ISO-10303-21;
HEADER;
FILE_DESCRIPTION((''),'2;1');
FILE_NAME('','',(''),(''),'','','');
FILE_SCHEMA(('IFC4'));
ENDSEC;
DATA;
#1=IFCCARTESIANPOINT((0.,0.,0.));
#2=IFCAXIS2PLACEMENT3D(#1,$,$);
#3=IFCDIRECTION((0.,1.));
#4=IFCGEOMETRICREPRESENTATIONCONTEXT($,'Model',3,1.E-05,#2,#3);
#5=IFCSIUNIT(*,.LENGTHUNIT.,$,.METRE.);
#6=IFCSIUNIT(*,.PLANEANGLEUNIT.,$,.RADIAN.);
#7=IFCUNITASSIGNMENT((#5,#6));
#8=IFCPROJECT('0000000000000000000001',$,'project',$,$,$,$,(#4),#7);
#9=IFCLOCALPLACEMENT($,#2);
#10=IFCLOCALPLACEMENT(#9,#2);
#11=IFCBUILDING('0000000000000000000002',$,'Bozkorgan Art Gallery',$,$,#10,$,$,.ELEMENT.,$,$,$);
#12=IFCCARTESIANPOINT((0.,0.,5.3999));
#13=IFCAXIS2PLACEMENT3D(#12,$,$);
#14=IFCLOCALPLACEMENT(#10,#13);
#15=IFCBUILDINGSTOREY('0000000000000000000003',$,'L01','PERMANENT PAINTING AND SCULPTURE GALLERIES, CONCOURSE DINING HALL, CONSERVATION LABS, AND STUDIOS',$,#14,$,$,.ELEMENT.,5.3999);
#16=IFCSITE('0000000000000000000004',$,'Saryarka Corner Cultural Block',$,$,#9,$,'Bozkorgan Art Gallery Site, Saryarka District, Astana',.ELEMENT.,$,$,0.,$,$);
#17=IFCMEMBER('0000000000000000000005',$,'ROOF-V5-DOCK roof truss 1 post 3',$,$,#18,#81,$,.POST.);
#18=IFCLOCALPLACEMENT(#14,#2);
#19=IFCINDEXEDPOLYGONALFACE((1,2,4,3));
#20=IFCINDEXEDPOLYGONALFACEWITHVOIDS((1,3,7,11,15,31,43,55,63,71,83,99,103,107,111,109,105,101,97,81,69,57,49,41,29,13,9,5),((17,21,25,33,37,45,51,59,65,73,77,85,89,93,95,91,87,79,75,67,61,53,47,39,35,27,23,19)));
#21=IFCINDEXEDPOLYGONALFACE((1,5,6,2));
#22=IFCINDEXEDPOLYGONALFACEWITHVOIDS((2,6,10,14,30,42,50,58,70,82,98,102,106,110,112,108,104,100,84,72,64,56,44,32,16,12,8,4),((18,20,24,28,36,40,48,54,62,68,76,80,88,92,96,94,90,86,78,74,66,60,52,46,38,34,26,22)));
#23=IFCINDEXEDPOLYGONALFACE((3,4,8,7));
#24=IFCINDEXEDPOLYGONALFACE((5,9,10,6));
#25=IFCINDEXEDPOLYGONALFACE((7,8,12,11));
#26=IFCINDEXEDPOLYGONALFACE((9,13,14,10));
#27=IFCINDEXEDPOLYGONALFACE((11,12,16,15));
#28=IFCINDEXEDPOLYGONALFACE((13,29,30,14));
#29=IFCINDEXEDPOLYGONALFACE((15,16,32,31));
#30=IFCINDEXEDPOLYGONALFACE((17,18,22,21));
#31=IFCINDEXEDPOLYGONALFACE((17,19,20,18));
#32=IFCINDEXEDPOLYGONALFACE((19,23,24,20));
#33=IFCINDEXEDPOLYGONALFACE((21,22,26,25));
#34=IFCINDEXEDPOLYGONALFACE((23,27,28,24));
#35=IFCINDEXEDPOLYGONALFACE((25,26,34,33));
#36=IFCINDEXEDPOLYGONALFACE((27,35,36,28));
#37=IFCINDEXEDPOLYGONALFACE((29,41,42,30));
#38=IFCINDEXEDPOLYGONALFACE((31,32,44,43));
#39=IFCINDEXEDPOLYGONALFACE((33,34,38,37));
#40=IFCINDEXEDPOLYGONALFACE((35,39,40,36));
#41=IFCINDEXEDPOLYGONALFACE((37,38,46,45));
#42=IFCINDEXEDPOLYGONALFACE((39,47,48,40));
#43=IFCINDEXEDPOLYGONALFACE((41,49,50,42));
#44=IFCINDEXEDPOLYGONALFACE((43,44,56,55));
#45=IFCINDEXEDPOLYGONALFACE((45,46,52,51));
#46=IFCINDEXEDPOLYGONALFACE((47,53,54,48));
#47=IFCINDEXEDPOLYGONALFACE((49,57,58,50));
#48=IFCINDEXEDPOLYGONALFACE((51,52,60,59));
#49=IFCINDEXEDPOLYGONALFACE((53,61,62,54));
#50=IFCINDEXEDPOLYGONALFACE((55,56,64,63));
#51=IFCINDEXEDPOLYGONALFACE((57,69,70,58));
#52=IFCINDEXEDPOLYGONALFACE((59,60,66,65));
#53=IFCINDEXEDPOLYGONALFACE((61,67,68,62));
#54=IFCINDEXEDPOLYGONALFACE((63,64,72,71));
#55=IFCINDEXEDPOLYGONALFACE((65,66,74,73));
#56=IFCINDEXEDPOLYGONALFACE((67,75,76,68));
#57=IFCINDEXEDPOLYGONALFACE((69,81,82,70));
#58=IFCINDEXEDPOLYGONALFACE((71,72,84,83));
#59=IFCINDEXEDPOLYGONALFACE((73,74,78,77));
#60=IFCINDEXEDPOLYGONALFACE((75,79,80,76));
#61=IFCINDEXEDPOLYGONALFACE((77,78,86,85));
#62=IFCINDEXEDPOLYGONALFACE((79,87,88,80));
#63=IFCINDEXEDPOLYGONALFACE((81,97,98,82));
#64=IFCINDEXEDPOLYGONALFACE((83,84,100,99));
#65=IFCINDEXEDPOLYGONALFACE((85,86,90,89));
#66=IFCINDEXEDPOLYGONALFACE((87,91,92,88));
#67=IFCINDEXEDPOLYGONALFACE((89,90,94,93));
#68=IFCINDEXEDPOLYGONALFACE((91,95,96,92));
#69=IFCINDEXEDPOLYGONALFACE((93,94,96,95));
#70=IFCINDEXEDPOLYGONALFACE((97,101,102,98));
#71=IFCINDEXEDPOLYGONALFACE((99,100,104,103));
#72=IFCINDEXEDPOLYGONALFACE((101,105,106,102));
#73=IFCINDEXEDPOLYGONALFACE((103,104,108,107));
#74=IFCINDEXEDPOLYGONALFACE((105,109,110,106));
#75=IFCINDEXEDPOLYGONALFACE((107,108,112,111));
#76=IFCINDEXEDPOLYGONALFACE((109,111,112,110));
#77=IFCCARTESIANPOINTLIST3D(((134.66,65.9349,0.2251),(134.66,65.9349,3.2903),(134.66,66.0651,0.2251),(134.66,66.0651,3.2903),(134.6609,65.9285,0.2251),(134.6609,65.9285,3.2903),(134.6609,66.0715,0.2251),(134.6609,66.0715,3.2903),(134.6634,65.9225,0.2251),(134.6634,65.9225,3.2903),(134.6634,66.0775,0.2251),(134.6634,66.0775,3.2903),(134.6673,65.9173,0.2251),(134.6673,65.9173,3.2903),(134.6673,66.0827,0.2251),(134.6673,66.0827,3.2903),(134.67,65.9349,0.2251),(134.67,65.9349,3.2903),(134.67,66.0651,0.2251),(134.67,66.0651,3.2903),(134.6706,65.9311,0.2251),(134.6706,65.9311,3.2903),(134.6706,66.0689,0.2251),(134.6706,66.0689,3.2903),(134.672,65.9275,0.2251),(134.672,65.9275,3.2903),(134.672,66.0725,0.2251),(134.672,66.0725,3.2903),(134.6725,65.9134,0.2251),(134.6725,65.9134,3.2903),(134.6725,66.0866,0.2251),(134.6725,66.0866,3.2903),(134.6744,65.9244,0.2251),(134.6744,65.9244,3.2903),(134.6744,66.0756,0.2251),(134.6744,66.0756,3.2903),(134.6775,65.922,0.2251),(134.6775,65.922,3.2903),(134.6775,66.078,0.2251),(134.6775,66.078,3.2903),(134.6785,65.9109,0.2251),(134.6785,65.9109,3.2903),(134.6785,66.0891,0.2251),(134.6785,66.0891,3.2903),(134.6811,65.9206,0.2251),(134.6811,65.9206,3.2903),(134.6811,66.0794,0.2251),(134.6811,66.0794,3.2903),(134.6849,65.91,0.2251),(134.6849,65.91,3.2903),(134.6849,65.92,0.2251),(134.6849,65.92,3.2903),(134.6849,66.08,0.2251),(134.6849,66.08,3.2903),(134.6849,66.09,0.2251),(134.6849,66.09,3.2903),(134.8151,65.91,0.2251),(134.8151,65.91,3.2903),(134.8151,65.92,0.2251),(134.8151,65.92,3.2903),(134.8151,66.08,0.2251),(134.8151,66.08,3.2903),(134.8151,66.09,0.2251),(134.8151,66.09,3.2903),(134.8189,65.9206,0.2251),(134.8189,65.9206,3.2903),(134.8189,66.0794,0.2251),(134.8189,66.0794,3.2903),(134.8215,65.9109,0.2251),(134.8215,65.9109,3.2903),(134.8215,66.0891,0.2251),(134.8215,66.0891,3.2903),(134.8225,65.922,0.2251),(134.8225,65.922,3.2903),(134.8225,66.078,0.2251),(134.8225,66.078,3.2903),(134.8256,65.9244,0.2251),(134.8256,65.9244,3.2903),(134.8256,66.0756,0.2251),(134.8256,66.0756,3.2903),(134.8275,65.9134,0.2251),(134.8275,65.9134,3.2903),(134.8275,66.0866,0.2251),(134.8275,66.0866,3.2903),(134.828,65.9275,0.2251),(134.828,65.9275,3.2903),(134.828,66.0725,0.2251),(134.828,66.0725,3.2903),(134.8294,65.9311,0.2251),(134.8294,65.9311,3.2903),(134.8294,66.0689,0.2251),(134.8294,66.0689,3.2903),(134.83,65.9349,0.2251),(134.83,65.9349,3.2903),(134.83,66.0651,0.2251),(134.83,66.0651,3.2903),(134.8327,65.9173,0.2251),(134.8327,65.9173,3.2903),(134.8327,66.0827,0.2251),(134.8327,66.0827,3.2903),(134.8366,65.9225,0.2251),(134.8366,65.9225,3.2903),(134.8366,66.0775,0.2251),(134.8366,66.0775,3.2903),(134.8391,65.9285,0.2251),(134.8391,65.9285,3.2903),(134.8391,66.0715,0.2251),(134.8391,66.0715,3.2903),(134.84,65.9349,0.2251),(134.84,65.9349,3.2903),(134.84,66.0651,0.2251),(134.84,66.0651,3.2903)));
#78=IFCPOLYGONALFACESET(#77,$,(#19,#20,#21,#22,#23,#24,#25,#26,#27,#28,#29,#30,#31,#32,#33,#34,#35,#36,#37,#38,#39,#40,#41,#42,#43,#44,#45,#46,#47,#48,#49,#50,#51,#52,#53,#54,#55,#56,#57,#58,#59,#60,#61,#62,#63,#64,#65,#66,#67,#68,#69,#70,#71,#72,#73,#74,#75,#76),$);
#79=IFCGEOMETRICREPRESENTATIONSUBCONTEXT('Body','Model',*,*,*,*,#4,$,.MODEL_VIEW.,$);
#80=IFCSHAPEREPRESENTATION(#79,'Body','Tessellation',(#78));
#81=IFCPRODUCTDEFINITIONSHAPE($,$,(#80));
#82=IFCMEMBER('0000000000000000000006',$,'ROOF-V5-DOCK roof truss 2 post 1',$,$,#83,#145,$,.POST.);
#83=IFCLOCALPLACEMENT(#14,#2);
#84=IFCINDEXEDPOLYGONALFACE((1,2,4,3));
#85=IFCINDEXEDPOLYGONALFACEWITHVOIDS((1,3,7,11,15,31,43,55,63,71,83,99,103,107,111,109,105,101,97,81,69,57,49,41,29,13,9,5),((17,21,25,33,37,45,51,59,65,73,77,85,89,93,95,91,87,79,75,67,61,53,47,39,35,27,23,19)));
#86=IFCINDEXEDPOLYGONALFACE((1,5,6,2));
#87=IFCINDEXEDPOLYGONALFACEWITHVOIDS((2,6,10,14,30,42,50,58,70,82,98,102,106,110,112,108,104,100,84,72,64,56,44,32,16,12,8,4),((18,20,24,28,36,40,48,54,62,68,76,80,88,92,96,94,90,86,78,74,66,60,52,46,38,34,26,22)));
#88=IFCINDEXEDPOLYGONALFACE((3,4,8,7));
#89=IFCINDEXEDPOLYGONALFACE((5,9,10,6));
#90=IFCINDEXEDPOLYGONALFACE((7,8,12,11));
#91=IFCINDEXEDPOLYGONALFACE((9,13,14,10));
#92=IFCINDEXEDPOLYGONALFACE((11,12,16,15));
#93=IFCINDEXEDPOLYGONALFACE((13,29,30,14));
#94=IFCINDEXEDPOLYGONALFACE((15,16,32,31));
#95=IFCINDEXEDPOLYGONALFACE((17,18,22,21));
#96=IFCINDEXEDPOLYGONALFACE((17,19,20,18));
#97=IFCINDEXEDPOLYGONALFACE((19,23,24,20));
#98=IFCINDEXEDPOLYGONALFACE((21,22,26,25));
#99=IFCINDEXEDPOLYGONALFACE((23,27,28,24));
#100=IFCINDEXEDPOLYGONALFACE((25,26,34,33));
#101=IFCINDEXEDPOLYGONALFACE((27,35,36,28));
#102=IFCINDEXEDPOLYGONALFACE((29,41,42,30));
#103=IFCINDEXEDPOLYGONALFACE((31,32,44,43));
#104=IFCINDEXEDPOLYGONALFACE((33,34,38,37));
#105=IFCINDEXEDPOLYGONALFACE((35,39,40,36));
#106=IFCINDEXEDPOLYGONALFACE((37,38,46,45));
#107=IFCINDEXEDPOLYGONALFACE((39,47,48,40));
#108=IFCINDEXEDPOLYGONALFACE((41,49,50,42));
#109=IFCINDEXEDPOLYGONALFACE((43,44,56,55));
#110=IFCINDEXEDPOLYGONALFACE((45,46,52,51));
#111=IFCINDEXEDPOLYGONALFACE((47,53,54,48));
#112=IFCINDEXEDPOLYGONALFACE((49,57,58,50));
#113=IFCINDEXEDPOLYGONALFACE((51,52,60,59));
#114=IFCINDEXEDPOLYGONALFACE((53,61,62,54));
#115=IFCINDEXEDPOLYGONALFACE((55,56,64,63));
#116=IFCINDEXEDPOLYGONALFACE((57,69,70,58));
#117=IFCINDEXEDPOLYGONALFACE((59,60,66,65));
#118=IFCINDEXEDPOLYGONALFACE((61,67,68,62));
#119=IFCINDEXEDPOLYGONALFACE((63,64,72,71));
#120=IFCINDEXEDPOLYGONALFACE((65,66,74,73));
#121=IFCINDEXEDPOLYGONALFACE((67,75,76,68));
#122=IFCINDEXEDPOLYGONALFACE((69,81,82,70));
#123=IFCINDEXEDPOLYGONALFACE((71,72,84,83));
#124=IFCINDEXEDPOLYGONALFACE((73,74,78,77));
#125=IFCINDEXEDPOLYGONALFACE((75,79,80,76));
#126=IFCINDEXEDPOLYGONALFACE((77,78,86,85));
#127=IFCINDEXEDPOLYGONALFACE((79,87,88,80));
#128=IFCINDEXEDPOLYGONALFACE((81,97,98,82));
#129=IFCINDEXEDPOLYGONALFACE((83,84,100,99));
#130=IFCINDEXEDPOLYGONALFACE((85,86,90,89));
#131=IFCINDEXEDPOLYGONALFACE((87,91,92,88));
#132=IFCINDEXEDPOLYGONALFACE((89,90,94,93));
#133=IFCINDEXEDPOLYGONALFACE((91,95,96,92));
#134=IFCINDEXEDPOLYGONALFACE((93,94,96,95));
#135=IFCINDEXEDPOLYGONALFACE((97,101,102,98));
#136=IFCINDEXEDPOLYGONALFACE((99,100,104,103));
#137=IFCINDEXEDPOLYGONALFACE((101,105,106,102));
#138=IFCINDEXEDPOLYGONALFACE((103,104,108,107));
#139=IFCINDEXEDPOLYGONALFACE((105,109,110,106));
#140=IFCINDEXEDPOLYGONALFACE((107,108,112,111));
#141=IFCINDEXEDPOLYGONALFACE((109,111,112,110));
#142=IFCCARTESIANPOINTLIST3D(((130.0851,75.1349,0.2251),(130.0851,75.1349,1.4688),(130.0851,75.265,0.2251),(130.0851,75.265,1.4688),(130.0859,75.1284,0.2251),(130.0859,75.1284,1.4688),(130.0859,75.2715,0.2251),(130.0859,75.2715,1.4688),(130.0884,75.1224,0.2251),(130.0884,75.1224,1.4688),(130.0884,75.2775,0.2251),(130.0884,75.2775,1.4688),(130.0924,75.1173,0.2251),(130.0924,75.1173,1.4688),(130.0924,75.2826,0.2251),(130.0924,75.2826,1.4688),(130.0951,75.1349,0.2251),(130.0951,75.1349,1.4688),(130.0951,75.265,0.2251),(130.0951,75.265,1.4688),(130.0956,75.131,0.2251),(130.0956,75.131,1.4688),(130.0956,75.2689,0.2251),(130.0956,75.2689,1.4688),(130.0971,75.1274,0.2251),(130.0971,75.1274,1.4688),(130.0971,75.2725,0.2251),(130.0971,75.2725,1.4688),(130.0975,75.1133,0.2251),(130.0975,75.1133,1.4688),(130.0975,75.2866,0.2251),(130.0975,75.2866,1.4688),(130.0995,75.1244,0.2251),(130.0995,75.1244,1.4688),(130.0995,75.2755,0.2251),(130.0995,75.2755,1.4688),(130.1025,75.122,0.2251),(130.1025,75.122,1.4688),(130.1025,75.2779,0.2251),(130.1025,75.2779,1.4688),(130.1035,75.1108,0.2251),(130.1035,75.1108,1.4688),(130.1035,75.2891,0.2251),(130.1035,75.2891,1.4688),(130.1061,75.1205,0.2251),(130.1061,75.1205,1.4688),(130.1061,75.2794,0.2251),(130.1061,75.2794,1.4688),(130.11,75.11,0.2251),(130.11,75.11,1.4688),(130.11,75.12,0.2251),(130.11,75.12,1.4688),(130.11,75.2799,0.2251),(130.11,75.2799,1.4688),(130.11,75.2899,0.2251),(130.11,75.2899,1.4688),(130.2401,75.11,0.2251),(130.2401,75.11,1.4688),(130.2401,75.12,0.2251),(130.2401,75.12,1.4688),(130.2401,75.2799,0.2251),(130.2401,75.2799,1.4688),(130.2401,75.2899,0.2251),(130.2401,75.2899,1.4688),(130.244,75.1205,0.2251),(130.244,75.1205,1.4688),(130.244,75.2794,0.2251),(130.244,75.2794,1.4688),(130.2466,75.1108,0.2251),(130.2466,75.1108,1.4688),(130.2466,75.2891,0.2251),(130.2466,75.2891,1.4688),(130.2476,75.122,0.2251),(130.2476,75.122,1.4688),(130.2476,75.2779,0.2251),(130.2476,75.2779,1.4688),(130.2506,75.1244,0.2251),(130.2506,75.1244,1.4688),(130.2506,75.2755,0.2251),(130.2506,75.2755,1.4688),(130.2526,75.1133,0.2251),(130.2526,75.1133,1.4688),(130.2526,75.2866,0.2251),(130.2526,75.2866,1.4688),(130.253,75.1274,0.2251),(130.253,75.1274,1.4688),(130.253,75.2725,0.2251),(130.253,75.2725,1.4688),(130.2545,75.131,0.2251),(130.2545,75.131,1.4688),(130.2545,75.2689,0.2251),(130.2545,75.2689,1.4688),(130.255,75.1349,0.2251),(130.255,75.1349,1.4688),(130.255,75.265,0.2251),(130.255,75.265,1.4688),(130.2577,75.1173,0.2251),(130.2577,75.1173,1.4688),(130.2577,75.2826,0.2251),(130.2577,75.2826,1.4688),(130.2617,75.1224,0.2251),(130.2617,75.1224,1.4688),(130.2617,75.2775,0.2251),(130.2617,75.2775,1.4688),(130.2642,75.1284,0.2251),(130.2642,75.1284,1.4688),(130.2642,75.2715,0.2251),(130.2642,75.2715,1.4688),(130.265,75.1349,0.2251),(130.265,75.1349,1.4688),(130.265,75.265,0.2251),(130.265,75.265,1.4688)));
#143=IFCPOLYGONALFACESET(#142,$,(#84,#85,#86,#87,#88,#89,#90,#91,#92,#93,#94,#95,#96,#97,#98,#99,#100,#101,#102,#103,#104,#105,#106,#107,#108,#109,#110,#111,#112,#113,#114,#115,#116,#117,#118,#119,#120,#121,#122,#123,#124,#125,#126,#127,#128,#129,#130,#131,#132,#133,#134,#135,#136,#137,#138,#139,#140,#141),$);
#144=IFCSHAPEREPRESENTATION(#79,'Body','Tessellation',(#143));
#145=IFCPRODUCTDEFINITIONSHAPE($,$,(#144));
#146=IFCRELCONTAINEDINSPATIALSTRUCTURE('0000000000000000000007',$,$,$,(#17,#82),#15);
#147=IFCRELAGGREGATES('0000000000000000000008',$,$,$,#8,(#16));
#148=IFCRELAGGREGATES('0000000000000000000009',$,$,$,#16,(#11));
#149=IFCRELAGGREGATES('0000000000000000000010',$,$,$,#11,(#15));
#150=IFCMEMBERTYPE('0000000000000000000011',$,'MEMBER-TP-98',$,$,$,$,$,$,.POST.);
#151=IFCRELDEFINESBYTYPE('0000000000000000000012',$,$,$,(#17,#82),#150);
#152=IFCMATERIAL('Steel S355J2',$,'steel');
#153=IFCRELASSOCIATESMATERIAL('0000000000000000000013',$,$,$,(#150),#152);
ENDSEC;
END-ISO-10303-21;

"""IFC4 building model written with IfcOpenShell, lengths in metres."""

from ifc_helpers import new_model, si_unit, direction, frame, origin, origin_2d, place, context, subcontext, project, spatial, hollow_rectangle, extrude, material, material_profile, profile_set, type_object, element, save


model = new_model("IFC4")

# Units and contexts
model_context = context("Model", 3, precision=1e-05, world=origin(), true_north=direction((0.0, 1.0)))
body_context = subcontext(model_context, "Body", "Model", "MODEL_VIEW")
ifc_project = project(units=[si_unit("LENGTHUNIT", "METRE"), si_unit("PLANEANGLEUNIT", "RADIAN")], contexts=[model_context])

# Site, building, storey
site_placement = place(None, origin())
site = spatial("IfcSite", under=ifc_project, at=site_placement, Name="Saryarka Corner Cultural Block", LongName="Bozkorgan Art Gallery Site, Saryarka District, Astana", CompositionType="ELEMENT", RefElevation=0.0)
building_placement = place(site_placement, origin())
building = spatial("IfcBuilding", under=site, at=building_placement, Name="Bozkorgan Art Gallery", CompositionType="ELEMENT")
storey_placement = place(building_placement, frame((0.0, 0.0, 5.3999)))
storey = spatial("IfcBuildingStorey", under=building, at=storey_placement, Name="L01", Description="PERMANENT PAINTING AND SCULPTURE GALLERIES, CONCOURSE DINING HALL, CONSERVATION LABS, AND STUDIOS", CompositionType="ELEMENT", Elevation=5.3999)

# Members
ifc_material_1 = material(Name="Steel S355J2", Category="steel")
ifc_material_profile_1 = material_profile(ifc_material_1, hollow_rectangle(XDim=0.1799, YDim=0.1799, WallThickness=0.01, InnerFilletRadius=0.0149, OuterFilletRadius=0.0249, at=origin_2d()), Name="SHS 180x180x10")
ifc_profile_set_1 = profile_set([ifc_material_profile_1], Name="Steel S355J2")
member_type_1 = type_object("IfcMemberType", Name="MEMBER-TP-98", PredefinedType="POST", material=ifc_profile_set_1)
member_1_placement = place(storey_placement, frame((134.75, 66.0, 0.2251), z_axis=(0.0, 0.0, 1.0), x_axis=(1.0, 0.0, 0.0)))
element("IfcMember", 1, at=member_1_placement, inside=storey, type_object=member_type_1, Name="ROOF-V5-DOCK roof truss 1 post 3", PredefinedType="POST", context=body_context, shape_type="SweptSolid", body=[
    extrude(hollow_rectangle(XDim=0.1799, YDim=0.1799, WallThickness=0.01, InnerFilletRadius=0.0149, OuterFilletRadius=0.0249, at=origin_2d()), origin(), (0.0, 0.0, 1.0), 3.0652),
])
member_2_placement = place(storey_placement, frame((130.175, 75.2, 0.2251), z_axis=(0.0, 0.0, 1.0), x_axis=(1.0, 0.0, 0.0)))
element("IfcMember", 2, at=member_2_placement, inside=storey, type_object=member_type_1, Name="ROOF-V5-DOCK roof truss 2 post 1", PredefinedType="POST", context=body_context, shape_type="SweptSolid", body=[
    extrude(hollow_rectangle(XDim=0.1799, YDim=0.1799, WallThickness=0.01, InnerFilletRadius=0.0149, OuterFilletRadius=0.0249, at=origin_2d()), origin(), (0.0, 0.0, 1.0), 1.2437),
])

save(model, "model.ifc")
